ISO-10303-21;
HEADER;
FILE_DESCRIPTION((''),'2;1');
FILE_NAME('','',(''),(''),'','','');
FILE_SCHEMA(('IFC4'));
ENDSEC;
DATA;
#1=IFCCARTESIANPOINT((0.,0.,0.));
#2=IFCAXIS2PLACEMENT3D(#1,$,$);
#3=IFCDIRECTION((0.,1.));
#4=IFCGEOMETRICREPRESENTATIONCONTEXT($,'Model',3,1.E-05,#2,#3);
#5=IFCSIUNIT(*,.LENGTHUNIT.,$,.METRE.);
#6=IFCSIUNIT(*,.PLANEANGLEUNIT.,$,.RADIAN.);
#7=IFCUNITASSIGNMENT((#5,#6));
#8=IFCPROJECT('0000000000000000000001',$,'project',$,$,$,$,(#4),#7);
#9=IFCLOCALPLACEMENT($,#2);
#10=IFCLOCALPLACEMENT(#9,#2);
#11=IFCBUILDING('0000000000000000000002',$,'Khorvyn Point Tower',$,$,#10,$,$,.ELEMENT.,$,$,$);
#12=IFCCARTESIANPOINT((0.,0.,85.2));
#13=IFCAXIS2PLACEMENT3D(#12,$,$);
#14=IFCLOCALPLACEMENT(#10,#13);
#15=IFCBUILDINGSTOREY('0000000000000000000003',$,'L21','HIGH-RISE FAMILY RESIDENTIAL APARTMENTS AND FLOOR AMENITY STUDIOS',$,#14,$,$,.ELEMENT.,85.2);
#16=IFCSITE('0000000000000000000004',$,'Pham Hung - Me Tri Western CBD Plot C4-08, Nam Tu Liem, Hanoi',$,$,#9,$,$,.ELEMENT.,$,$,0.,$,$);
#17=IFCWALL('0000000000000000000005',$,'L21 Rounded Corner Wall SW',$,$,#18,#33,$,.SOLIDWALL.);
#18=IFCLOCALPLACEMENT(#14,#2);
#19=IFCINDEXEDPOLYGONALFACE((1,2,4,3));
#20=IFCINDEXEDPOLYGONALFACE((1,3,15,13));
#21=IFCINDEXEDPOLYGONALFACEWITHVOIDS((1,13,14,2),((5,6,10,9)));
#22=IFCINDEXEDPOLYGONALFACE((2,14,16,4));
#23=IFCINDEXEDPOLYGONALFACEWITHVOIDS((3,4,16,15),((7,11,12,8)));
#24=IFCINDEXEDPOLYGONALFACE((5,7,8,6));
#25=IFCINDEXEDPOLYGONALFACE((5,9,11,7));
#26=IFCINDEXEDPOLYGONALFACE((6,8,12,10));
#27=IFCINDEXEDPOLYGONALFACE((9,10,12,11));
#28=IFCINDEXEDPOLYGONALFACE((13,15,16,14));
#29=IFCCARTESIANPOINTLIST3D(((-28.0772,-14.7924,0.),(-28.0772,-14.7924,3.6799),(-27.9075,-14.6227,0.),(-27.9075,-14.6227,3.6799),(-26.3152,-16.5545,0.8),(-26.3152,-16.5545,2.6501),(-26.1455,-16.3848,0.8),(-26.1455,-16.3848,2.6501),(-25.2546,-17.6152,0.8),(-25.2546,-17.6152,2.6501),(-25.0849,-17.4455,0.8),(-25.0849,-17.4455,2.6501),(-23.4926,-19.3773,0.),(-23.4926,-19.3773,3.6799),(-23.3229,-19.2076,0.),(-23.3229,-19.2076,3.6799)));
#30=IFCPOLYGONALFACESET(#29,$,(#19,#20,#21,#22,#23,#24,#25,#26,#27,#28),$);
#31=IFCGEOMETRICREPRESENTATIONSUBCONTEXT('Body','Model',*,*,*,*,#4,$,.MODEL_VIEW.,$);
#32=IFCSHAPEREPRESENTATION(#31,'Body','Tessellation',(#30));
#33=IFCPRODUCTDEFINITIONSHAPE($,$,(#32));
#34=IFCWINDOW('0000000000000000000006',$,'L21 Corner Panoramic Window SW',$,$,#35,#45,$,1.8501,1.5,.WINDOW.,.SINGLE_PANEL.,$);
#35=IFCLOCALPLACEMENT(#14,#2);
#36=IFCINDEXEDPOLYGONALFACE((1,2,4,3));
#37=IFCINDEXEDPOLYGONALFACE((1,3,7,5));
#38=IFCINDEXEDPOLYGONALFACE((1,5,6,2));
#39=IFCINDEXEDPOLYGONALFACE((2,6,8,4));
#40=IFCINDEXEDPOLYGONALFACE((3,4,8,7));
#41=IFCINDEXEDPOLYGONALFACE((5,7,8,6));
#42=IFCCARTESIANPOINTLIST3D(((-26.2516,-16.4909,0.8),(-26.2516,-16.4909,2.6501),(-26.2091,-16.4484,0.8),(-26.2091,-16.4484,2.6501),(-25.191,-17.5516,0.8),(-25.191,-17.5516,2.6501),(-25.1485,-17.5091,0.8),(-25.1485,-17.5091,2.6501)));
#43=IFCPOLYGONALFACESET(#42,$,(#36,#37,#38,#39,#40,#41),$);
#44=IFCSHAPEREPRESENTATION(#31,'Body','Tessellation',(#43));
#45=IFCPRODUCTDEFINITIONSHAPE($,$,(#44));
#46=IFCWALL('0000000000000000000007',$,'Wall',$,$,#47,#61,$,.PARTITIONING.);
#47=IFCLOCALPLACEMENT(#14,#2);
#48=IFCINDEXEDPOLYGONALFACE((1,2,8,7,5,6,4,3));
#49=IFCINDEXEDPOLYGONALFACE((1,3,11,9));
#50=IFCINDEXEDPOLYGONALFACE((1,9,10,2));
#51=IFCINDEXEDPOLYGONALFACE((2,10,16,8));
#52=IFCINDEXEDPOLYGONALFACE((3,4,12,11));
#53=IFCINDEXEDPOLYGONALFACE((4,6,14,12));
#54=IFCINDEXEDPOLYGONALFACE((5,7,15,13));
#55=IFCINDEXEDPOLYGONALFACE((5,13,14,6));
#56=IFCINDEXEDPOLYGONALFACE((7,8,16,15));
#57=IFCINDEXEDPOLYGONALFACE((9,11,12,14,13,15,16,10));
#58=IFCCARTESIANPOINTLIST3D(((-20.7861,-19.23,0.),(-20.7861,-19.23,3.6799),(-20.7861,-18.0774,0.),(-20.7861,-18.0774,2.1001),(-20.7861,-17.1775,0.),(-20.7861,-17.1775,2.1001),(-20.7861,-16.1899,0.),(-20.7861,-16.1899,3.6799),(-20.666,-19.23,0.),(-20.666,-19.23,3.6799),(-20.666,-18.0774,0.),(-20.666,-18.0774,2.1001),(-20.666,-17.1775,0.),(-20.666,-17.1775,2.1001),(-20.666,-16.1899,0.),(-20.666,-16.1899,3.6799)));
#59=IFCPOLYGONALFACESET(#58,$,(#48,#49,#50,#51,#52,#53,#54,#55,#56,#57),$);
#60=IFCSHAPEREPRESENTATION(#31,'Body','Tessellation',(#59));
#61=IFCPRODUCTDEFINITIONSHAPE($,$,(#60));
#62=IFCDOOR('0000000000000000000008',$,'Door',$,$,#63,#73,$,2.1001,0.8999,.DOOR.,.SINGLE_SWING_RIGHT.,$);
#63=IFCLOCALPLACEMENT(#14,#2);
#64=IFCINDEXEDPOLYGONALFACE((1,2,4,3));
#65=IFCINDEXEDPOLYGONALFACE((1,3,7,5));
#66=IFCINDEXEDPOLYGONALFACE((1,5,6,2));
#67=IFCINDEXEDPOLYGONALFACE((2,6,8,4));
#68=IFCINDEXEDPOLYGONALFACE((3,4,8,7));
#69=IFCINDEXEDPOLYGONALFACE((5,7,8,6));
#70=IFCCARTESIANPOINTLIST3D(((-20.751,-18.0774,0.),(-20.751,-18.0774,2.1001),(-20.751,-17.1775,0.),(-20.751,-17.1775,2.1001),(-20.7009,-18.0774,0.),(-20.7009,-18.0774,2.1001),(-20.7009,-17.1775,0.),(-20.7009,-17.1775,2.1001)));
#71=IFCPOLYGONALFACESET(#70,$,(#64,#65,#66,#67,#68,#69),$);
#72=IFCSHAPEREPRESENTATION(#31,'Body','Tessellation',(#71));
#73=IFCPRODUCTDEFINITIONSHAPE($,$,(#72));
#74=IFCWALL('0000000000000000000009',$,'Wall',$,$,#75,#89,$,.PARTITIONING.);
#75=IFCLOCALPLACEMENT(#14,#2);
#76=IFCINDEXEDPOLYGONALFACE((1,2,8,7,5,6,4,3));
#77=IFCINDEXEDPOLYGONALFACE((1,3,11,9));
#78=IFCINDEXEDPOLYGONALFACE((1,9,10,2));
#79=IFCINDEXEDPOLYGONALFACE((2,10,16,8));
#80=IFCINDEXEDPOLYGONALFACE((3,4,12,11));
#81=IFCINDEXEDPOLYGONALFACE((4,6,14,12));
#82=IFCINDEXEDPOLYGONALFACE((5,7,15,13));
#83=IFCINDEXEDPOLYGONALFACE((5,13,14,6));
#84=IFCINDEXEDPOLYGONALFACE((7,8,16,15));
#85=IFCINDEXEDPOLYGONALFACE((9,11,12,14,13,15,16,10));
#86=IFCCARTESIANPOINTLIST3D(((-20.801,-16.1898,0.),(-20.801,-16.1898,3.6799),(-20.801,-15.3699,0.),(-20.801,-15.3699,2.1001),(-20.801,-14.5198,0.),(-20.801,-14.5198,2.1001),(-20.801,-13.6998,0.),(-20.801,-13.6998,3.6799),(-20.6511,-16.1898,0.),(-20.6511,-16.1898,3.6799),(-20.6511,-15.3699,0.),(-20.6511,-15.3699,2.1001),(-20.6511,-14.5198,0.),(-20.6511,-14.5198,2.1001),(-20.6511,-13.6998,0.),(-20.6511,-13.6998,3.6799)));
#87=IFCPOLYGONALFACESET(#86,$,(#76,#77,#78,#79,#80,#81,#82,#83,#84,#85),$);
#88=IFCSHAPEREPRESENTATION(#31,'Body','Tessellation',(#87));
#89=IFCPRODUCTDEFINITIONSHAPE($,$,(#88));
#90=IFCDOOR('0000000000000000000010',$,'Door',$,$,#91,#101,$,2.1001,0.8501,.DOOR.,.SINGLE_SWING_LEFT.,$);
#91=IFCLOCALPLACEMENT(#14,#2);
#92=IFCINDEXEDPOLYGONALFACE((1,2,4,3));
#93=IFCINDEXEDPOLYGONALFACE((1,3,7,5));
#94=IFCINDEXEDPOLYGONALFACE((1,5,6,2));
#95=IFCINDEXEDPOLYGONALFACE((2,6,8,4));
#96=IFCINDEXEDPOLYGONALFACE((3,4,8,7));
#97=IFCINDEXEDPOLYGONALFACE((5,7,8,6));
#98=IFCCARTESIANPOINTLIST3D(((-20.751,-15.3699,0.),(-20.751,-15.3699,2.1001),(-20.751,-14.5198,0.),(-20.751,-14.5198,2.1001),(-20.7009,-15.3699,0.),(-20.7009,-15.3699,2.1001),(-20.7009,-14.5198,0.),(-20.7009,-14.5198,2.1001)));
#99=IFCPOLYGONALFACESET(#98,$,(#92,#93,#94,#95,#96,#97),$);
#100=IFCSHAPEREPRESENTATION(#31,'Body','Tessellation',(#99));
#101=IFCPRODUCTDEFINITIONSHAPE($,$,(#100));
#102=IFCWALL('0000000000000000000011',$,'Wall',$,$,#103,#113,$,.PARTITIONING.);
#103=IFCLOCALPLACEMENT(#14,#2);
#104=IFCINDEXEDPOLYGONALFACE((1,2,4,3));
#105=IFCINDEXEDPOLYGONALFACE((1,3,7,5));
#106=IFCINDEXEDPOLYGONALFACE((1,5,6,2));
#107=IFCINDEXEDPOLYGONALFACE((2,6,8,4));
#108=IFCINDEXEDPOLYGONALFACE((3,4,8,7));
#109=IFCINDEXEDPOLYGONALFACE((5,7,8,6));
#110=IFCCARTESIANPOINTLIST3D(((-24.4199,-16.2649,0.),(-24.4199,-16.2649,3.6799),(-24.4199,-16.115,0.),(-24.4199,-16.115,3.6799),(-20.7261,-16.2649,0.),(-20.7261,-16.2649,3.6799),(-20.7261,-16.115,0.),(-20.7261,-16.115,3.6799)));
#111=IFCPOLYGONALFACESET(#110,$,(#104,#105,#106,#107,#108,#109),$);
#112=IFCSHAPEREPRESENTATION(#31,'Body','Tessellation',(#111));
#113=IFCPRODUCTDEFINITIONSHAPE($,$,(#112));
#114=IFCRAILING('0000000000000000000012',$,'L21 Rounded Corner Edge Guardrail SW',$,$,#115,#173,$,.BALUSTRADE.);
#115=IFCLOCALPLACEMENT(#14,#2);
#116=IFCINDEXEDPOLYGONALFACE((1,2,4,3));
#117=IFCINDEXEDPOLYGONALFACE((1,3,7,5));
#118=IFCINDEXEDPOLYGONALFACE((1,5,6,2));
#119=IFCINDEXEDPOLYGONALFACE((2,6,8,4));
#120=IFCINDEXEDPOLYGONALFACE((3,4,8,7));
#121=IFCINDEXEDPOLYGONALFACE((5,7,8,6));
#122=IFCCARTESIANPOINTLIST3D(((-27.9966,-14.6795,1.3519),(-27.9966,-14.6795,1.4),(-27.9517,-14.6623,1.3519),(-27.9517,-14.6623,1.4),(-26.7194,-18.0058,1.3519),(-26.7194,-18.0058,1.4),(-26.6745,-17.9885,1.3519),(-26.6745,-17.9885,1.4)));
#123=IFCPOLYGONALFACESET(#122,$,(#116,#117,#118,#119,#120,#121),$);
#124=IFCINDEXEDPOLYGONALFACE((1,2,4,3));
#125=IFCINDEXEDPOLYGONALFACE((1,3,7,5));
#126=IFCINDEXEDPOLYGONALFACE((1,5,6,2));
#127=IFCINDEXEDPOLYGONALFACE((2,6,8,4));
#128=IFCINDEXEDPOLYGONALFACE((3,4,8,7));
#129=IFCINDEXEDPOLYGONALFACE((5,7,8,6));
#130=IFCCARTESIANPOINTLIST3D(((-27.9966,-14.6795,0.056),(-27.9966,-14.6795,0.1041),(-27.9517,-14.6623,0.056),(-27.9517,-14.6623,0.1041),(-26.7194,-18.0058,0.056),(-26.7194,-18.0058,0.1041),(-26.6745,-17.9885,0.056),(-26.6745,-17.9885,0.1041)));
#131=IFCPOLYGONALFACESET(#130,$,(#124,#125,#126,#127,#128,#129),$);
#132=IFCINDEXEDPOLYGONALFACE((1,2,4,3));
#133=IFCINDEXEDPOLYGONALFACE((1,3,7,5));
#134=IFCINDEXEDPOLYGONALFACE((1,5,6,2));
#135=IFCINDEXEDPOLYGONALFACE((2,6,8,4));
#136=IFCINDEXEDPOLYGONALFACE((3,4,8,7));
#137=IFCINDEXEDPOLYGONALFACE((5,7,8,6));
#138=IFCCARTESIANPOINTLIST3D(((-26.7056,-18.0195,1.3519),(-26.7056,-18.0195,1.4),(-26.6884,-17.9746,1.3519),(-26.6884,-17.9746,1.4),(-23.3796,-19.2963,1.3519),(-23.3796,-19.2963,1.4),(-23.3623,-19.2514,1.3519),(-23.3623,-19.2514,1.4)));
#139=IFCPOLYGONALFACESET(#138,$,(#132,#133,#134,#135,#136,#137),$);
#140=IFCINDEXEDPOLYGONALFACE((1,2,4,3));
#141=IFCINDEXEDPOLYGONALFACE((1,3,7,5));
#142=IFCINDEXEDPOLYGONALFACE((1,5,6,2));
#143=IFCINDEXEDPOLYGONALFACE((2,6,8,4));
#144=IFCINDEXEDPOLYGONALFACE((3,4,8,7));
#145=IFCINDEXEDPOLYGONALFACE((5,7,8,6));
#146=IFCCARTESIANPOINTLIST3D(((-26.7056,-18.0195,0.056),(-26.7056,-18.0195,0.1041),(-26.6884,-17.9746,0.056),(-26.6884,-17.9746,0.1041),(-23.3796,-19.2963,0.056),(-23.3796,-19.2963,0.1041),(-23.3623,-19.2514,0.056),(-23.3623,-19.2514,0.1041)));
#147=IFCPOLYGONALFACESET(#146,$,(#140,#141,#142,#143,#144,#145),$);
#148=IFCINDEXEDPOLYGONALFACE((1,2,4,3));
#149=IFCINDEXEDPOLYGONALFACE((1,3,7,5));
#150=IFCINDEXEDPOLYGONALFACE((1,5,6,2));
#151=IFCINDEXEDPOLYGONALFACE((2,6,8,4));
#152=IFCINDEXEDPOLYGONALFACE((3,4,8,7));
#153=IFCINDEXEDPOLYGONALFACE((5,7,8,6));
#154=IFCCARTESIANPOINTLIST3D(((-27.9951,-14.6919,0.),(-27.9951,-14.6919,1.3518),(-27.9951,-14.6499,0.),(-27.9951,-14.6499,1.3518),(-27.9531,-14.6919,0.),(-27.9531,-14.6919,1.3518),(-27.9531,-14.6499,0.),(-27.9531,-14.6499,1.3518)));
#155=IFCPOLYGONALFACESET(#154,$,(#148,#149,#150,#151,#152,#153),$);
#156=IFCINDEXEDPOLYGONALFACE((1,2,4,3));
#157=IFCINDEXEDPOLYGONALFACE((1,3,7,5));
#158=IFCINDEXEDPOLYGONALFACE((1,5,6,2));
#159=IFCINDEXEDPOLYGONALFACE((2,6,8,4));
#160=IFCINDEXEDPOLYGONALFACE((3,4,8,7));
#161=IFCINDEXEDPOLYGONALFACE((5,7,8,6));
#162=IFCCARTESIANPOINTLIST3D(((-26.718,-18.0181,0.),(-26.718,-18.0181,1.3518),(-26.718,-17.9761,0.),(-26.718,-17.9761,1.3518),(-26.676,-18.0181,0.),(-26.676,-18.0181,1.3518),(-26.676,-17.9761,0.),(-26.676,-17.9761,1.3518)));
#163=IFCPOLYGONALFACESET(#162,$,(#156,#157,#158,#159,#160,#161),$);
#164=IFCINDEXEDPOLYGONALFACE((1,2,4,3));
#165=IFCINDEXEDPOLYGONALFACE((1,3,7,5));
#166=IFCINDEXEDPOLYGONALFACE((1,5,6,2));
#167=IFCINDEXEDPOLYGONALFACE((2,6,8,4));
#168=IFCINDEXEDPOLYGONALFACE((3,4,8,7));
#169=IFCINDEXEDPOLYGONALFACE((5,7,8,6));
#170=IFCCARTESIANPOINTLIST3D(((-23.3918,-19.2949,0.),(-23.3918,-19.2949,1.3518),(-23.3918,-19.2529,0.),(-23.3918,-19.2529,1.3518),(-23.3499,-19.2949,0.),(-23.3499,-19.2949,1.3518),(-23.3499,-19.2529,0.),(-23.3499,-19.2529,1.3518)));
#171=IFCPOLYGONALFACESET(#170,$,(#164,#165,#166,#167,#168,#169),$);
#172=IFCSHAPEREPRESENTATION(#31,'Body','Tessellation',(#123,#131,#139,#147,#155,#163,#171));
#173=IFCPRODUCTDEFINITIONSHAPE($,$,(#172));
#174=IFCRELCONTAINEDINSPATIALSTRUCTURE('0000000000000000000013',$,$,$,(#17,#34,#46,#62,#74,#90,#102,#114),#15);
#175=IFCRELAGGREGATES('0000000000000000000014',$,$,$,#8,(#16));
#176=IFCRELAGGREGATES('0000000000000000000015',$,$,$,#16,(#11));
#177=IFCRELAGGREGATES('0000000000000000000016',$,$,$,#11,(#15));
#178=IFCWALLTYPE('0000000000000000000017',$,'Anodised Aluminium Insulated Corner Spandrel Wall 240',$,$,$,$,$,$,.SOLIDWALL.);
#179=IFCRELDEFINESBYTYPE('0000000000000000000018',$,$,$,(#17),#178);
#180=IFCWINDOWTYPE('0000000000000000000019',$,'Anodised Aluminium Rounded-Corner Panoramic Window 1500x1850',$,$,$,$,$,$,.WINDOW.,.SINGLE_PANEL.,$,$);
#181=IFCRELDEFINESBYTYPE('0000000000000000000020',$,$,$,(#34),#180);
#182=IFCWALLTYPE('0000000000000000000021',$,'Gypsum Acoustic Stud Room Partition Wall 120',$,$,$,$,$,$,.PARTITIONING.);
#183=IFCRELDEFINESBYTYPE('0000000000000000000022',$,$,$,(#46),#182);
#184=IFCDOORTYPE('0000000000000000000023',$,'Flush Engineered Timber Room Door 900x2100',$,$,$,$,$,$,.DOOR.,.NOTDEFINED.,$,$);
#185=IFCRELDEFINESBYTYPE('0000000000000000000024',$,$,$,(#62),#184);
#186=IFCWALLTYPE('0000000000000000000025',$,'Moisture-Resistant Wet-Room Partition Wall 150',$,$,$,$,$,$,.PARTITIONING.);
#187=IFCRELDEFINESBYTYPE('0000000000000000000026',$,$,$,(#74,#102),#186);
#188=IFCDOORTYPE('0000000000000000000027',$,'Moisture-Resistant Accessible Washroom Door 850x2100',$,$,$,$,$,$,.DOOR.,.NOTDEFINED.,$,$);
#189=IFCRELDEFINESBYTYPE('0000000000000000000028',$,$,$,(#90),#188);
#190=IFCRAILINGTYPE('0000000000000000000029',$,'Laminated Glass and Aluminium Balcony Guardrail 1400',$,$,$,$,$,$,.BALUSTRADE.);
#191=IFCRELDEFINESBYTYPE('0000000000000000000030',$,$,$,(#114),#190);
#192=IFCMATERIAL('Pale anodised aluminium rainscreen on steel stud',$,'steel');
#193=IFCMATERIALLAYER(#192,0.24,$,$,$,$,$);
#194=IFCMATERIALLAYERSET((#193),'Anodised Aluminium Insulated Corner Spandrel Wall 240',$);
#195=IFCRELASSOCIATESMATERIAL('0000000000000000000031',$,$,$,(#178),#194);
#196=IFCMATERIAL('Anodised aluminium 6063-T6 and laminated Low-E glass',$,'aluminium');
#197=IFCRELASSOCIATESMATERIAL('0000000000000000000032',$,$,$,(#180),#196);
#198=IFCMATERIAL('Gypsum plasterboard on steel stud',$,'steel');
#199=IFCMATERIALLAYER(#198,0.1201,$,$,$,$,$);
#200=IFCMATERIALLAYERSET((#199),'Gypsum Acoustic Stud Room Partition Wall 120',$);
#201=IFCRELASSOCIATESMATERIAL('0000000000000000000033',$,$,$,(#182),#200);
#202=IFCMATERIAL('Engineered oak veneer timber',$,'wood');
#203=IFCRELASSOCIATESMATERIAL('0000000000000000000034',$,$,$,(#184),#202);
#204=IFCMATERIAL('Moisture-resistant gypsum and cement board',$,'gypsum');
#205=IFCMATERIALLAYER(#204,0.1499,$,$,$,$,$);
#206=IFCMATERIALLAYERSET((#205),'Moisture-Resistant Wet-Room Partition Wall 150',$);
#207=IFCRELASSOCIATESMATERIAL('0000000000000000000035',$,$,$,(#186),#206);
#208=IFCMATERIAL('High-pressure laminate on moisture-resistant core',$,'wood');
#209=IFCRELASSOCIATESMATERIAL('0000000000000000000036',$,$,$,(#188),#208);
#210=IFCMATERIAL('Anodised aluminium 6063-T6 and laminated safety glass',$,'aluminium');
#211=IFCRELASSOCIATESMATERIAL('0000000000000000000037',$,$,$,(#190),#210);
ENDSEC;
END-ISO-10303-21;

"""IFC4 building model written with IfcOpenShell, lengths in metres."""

from ifc_helpers import new_model, si_unit, direction, frame, frame_2d, origin, origin_2d, place, context, subcontext, project, spatial, rectangle, extrude, material, layer, layer_set, type_object, element, fill, save


model = new_model("IFC4")

# Units and contexts
model_context = context("Model", 3, precision=1e-05, world=origin(), true_north=direction((0.0, 1.0)))
body_context = subcontext(model_context, "Body", "Model", "MODEL_VIEW")
ifc_project = project(units=[si_unit("LENGTHUNIT", "METRE"), si_unit("PLANEANGLEUNIT", "RADIAN")], contexts=[model_context])

# Site, building, storey
site_placement = place(None, origin())
site = spatial("IfcSite", under=ifc_project, at=site_placement, Name="Pham Hung - Me Tri Western CBD Plot C4-08, Nam Tu Liem, Hanoi", CompositionType="ELEMENT", RefElevation=0.0)
building_placement = place(site_placement, origin())
building = spatial("IfcBuilding", under=site, at=building_placement, Name="Khorvyn Point Tower", CompositionType="ELEMENT")
storey_placement = place(building_placement, frame((0.0, 0.0, 85.2)))
storey = spatial("IfcBuildingStorey", under=building, at=storey_placement, Name="L21", Description="HIGH-RISE FAMILY RESIDENTIAL APARTMENTS AND FLOOR AMENITY STUDIOS", CompositionType="ELEMENT", Elevation=85.2)

# Shared definitions
ifc_material_1 = material(Name="Anodised aluminium 6063-T6 and laminated Low-E glass", Category="aluminium")

# Wall, opening, window
ifc_material_2 = material(Name="Pale anodised aluminium rainscreen on steel stud", Category="steel")
ifc_layer_1 = layer(ifc_material_2, 0.24)
ifc_layer_set_1 = layer_set([ifc_layer_1], Name="Anodised Aluminium Insulated Corner Spandrel Wall 240")
wall_type_1 = type_object("IfcWallType", Name="Anodised Aluminium Insulated Corner Spandrel Wall 240", PredefinedType="SOLIDWALL", material=ifc_layer_set_1)
wall_1_placement = place(storey_placement, frame((-23.4077, -19.2925, 0.0), z_axis=(0.0, 0.0, 1.0), x_axis=(-0.707088, 0.707126, 0.0)))
wall_1 = element("IfcWall", 1, at=wall_1_placement, inside=storey, type_object=wall_type_1, Name="L21 Rounded Corner Wall SW", PredefinedType="SOLIDWALL", context=body_context, shape_type="SweptSolid", body=[
    extrude(rectangle(XDim=6.4839, YDim=0.24, at=frame_2d((3.2419, 0.0))), origin(), (0.0, 0.0, 1.0), 3.6799),
])
opening_1_placement = place(wall_1_placement, frame((2.4919, 0.0, 0.8)))
opening_1 = element("IfcOpeningElement", 2, at=opening_1_placement, cuts=wall_1, PredefinedType="OPENING", context=body_context, shape_type="SweptSolid", body=[
    extrude(rectangle(XDim=1.5, YDim=1.8501, at=frame_2d((0.75, 0.925))), frame((0.0, 0.1299, 0.0), z_axis=(0.0, -1.0, 0.0), x_axis=(1.0, 0.0, 0.0)), (0.0, 0.0, 1.0), 0.26),
])
window_type = type_object("IfcWindowType", Name="Anodised Aluminium Rounded-Corner Panoramic Window 1500x1850", PartitioningType="SINGLE_PANEL", PredefinedType="WINDOW", material=ifc_material_1)
window_placement = place(opening_1_placement, origin())
window = element("IfcWindow", 3, at=window_placement, inside=storey, type_object=window_type, Name="L21 Corner Panoramic Window SW", OverallHeight=1.8501, OverallWidth=1.5, PartitioningType="SINGLE_PANEL", PredefinedType="WINDOW", context=body_context, shape_type="SweptSolid", body=[
    extrude(rectangle(XDim=1.5, YDim=1.8501, at=frame_2d((0.75, 0.925))), frame((0.0, 0.03, 0.0), z_axis=(0.0, -1.0, 0.0), x_axis=(1.0, 0.0, 0.0)), (0.0, 0.0, 1.0), 0.0601),
])
fill(opening_1, window)

# Walls, openings, doors
ifc_material_3 = material(Name="Gypsum plasterboard on steel stud", Category="steel")
ifc_layer_2 = layer(ifc_material_3, 0.1201)
ifc_layer_set_2 = layer_set([ifc_layer_2], Name="Gypsum Acoustic Stud Room Partition Wall 120")
wall_type_2 = type_object("IfcWallType", Name="Gypsum Acoustic Stud Room Partition Wall 120", PredefinedType="PARTITIONING", material=ifc_layer_set_2)
wall_2_placement = place(storey_placement, frame((-20.7261, -19.23, 0.0), z_axis=(0.0, 0.0, 1.0), x_axis=(0.0, 1.0, 0.0)))
wall_2 = element("IfcWall", 4, at=wall_2_placement, inside=storey, type_object=wall_type_2, Name="Wall", PredefinedType="PARTITIONING", context=body_context, shape_type="SweptSolid", body=[
    extrude(rectangle(XDim=3.04, YDim=0.1201, at=frame_2d((1.52, 0.0))), origin(), (0.0, 0.0, 1.0), 3.6799),
])
opening_2_placement = place(wall_2_placement, frame((1.1526, 0.0, 0.0)))
opening_2 = element("IfcOpeningElement", 5, at=opening_2_placement, cuts=wall_2, PredefinedType="OPENING", context=body_context, shape_type="SweptSolid", body=[
    extrude(rectangle(XDim=0.8999, YDim=2.1001, at=frame_2d((0.45, 1.05))), frame((0.0, 0.0701, 0.0), z_axis=(0.0, -1.0, 0.0), x_axis=(1.0, 0.0, 0.0)), (0.0, 0.0, 1.0), 0.1401),
])
ifc_material_4 = material(Name="Engineered oak veneer timber", Category="wood")
door_type_1 = type_object("IfcDoorType", Name="Flush Engineered Timber Room Door 900x2100", OperationType="NOTDEFINED", PredefinedType="DOOR", material=ifc_material_4)
door_1_placement = place(opening_2_placement, origin())
door_1 = element("IfcDoor", 6, at=door_1_placement, inside=storey, type_object=door_type_1, Name="Door", OperationType="SINGLE_SWING_RIGHT", OverallHeight=2.1001, OverallWidth=0.8999, PredefinedType="DOOR", context=body_context, shape_type="SweptSolid", body=[
    extrude(rectangle(XDim=0.8999, YDim=2.1001, at=frame_2d((0.45, 1.05))), frame((0.0, 0.0249, 0.0), z_axis=(0.0, -1.0, 0.0), x_axis=(1.0, 0.0, 0.0)), (0.0, 0.0, 1.0), 0.05),
])
fill(opening_2, door_1)
ifc_material_5 = material(Name="Moisture-resistant gypsum and cement board", Category="gypsum")
ifc_layer_3 = layer(ifc_material_5, 0.1499)
ifc_layer_set_3 = layer_set([ifc_layer_3], Name="Moisture-Resistant Wet-Room Partition Wall 150")
wall_type_3 = type_object("IfcWallType", Name="Moisture-Resistant Wet-Room Partition Wall 150", PredefinedType="PARTITIONING", material=ifc_layer_set_3)
wall_3_placement = place(storey_placement, frame((-20.7261, -16.1899, 0.0), z_axis=(0.0, 0.0, 1.0), x_axis=(0.0, 1.0, 0.0)))
wall_3 = element("IfcWall", 7, at=wall_3_placement, inside=storey, type_object=wall_type_3, Name="Wall", PredefinedType="PARTITIONING", context=body_context, shape_type="SweptSolid", body=[
    extrude(rectangle(XDim=2.49, YDim=0.1499, at=frame_2d((1.2451, 0.0))), origin(), (0.0, 0.0, 1.0), 3.6799),
])
opening_3_placement = place(wall_3_placement, frame((0.8201, 0.0, 0.0)))
opening_3 = element("IfcOpeningElement", 8, at=opening_3_placement, cuts=wall_3, PredefinedType="OPENING", context=body_context, shape_type="SweptSolid", body=[
    extrude(rectangle(XDim=0.8501, YDim=2.1001, at=frame_2d((0.425, 1.05))), frame((0.0, 0.085, 0.0), z_axis=(0.0, -1.0, 0.0), x_axis=(1.0, 0.0, 0.0)), (0.0, 0.0, 1.0), 0.1699),
])
ifc_material_6 = material(Name="High-pressure laminate on moisture-resistant core", Category="wood")
door_type_2 = type_object("IfcDoorType", Name="Moisture-Resistant Accessible Washroom Door 850x2100", OperationType="NOTDEFINED", PredefinedType="DOOR", material=ifc_material_6)
door_2_placement = place(opening_3_placement, origin())
door_2 = element("IfcDoor", 9, at=door_2_placement, inside=storey, type_object=door_type_2, Name="Door", OperationType="SINGLE_SWING_LEFT", OverallHeight=2.1001, OverallWidth=0.8501, PredefinedType="DOOR", context=body_context, shape_type="SweptSolid", body=[
    extrude(rectangle(XDim=0.8501, YDim=2.1001, at=frame_2d((0.425, 1.05))), frame((0.0, 0.0249, 0.0), z_axis=(0.0, -1.0, 0.0), x_axis=(1.0, 0.0, 0.0)), (0.0, 0.0, 1.0), 0.05),
])
fill(opening_3, door_2)

# Wall
wall_4_placement = place(storey_placement, frame((-24.4199, -16.1899, 0.0), z_axis=(0.0, 0.0, 1.0), x_axis=(1.0, 0.0, 0.0)))
element("IfcWall", 10, at=wall_4_placement, inside=storey, type_object=wall_type_3, Name="Wall", PredefinedType="PARTITIONING", context=body_context, shape_type="SweptSolid", body=[
    extrude(rectangle(XDim=3.6938, YDim=0.1499, at=frame_2d((1.8469, 0.0))), origin(), (0.0, 0.0, 1.0), 3.6799),
])

# Railing
ifc_material_7 = material(Name="Anodised aluminium 6063-T6 and laminated safety glass", Category="aluminium")
railing_type_1 = type_object("IfcRailingType", Name="Laminated Glass and Aluminium Balcony Guardrail 1400", PredefinedType="BALUSTRADE", material=ifc_material_7)
railing_1_placement = place(storey_placement, frame((-27.9741, -14.6709, 0.0)))
element("IfcRailing", 11, at=railing_1_placement, inside=storey, type_object=railing_type_1, Name="L21 Rounded Corner Edge Guardrail SW", PredefinedType="BALUSTRADE", context=body_context, shape_type="SweptSolid", body=[
    extrude(rectangle(XDim=0.0481, YDim=0.0481, at=origin_2d()), frame((0.0, 0.0, 1.376), z_axis=(0.358442, -0.933552, 0.0), x_axis=(0.933552, 0.358442, 0.0)), (0.0, 0.0, 1.0), 3.563),
    extrude(rectangle(XDim=0.0481, YDim=0.0481, at=origin_2d()), frame((0.0, 0.0, 0.0801), z_axis=(0.358442, -0.933552, 0.0), x_axis=(0.933552, 0.358442, 0.0)), (0.0, 0.0, 1.0), 3.563),
    extrude(rectangle(XDim=0.0481, YDim=0.0481, at=origin_2d()), frame((1.2771, -3.3262, 1.376), z_axis=(0.933575, -0.358382, 0.0), x_axis=(0.358382, 0.933575, 0.0)), (0.0, 0.0, 1.0), 3.5627),
    extrude(rectangle(XDim=0.0481, YDim=0.0481, at=origin_2d()), frame((1.2771, -3.3262, 0.0801), z_axis=(0.933575, -0.358382, 0.0), x_axis=(0.358382, 0.933575, 0.0)), (0.0, 0.0, 1.0), 3.5627),
    extrude(rectangle(XDim=0.042, YDim=0.042, at=origin_2d()), origin(), (0.0, 0.0, 1.0), 1.3518),
    extrude(rectangle(XDim=0.042, YDim=0.042, at=origin_2d()), frame((1.2771, -3.3262, 0.0)), (0.0, 0.0, 1.0), 1.3518),
    extrude(rectangle(XDim=0.042, YDim=0.042, at=origin_2d()), frame((4.6033, -4.603, 0.0)), (0.0, 0.0, 1.0), 1.3518),
])

save(model, "model.ifc")
